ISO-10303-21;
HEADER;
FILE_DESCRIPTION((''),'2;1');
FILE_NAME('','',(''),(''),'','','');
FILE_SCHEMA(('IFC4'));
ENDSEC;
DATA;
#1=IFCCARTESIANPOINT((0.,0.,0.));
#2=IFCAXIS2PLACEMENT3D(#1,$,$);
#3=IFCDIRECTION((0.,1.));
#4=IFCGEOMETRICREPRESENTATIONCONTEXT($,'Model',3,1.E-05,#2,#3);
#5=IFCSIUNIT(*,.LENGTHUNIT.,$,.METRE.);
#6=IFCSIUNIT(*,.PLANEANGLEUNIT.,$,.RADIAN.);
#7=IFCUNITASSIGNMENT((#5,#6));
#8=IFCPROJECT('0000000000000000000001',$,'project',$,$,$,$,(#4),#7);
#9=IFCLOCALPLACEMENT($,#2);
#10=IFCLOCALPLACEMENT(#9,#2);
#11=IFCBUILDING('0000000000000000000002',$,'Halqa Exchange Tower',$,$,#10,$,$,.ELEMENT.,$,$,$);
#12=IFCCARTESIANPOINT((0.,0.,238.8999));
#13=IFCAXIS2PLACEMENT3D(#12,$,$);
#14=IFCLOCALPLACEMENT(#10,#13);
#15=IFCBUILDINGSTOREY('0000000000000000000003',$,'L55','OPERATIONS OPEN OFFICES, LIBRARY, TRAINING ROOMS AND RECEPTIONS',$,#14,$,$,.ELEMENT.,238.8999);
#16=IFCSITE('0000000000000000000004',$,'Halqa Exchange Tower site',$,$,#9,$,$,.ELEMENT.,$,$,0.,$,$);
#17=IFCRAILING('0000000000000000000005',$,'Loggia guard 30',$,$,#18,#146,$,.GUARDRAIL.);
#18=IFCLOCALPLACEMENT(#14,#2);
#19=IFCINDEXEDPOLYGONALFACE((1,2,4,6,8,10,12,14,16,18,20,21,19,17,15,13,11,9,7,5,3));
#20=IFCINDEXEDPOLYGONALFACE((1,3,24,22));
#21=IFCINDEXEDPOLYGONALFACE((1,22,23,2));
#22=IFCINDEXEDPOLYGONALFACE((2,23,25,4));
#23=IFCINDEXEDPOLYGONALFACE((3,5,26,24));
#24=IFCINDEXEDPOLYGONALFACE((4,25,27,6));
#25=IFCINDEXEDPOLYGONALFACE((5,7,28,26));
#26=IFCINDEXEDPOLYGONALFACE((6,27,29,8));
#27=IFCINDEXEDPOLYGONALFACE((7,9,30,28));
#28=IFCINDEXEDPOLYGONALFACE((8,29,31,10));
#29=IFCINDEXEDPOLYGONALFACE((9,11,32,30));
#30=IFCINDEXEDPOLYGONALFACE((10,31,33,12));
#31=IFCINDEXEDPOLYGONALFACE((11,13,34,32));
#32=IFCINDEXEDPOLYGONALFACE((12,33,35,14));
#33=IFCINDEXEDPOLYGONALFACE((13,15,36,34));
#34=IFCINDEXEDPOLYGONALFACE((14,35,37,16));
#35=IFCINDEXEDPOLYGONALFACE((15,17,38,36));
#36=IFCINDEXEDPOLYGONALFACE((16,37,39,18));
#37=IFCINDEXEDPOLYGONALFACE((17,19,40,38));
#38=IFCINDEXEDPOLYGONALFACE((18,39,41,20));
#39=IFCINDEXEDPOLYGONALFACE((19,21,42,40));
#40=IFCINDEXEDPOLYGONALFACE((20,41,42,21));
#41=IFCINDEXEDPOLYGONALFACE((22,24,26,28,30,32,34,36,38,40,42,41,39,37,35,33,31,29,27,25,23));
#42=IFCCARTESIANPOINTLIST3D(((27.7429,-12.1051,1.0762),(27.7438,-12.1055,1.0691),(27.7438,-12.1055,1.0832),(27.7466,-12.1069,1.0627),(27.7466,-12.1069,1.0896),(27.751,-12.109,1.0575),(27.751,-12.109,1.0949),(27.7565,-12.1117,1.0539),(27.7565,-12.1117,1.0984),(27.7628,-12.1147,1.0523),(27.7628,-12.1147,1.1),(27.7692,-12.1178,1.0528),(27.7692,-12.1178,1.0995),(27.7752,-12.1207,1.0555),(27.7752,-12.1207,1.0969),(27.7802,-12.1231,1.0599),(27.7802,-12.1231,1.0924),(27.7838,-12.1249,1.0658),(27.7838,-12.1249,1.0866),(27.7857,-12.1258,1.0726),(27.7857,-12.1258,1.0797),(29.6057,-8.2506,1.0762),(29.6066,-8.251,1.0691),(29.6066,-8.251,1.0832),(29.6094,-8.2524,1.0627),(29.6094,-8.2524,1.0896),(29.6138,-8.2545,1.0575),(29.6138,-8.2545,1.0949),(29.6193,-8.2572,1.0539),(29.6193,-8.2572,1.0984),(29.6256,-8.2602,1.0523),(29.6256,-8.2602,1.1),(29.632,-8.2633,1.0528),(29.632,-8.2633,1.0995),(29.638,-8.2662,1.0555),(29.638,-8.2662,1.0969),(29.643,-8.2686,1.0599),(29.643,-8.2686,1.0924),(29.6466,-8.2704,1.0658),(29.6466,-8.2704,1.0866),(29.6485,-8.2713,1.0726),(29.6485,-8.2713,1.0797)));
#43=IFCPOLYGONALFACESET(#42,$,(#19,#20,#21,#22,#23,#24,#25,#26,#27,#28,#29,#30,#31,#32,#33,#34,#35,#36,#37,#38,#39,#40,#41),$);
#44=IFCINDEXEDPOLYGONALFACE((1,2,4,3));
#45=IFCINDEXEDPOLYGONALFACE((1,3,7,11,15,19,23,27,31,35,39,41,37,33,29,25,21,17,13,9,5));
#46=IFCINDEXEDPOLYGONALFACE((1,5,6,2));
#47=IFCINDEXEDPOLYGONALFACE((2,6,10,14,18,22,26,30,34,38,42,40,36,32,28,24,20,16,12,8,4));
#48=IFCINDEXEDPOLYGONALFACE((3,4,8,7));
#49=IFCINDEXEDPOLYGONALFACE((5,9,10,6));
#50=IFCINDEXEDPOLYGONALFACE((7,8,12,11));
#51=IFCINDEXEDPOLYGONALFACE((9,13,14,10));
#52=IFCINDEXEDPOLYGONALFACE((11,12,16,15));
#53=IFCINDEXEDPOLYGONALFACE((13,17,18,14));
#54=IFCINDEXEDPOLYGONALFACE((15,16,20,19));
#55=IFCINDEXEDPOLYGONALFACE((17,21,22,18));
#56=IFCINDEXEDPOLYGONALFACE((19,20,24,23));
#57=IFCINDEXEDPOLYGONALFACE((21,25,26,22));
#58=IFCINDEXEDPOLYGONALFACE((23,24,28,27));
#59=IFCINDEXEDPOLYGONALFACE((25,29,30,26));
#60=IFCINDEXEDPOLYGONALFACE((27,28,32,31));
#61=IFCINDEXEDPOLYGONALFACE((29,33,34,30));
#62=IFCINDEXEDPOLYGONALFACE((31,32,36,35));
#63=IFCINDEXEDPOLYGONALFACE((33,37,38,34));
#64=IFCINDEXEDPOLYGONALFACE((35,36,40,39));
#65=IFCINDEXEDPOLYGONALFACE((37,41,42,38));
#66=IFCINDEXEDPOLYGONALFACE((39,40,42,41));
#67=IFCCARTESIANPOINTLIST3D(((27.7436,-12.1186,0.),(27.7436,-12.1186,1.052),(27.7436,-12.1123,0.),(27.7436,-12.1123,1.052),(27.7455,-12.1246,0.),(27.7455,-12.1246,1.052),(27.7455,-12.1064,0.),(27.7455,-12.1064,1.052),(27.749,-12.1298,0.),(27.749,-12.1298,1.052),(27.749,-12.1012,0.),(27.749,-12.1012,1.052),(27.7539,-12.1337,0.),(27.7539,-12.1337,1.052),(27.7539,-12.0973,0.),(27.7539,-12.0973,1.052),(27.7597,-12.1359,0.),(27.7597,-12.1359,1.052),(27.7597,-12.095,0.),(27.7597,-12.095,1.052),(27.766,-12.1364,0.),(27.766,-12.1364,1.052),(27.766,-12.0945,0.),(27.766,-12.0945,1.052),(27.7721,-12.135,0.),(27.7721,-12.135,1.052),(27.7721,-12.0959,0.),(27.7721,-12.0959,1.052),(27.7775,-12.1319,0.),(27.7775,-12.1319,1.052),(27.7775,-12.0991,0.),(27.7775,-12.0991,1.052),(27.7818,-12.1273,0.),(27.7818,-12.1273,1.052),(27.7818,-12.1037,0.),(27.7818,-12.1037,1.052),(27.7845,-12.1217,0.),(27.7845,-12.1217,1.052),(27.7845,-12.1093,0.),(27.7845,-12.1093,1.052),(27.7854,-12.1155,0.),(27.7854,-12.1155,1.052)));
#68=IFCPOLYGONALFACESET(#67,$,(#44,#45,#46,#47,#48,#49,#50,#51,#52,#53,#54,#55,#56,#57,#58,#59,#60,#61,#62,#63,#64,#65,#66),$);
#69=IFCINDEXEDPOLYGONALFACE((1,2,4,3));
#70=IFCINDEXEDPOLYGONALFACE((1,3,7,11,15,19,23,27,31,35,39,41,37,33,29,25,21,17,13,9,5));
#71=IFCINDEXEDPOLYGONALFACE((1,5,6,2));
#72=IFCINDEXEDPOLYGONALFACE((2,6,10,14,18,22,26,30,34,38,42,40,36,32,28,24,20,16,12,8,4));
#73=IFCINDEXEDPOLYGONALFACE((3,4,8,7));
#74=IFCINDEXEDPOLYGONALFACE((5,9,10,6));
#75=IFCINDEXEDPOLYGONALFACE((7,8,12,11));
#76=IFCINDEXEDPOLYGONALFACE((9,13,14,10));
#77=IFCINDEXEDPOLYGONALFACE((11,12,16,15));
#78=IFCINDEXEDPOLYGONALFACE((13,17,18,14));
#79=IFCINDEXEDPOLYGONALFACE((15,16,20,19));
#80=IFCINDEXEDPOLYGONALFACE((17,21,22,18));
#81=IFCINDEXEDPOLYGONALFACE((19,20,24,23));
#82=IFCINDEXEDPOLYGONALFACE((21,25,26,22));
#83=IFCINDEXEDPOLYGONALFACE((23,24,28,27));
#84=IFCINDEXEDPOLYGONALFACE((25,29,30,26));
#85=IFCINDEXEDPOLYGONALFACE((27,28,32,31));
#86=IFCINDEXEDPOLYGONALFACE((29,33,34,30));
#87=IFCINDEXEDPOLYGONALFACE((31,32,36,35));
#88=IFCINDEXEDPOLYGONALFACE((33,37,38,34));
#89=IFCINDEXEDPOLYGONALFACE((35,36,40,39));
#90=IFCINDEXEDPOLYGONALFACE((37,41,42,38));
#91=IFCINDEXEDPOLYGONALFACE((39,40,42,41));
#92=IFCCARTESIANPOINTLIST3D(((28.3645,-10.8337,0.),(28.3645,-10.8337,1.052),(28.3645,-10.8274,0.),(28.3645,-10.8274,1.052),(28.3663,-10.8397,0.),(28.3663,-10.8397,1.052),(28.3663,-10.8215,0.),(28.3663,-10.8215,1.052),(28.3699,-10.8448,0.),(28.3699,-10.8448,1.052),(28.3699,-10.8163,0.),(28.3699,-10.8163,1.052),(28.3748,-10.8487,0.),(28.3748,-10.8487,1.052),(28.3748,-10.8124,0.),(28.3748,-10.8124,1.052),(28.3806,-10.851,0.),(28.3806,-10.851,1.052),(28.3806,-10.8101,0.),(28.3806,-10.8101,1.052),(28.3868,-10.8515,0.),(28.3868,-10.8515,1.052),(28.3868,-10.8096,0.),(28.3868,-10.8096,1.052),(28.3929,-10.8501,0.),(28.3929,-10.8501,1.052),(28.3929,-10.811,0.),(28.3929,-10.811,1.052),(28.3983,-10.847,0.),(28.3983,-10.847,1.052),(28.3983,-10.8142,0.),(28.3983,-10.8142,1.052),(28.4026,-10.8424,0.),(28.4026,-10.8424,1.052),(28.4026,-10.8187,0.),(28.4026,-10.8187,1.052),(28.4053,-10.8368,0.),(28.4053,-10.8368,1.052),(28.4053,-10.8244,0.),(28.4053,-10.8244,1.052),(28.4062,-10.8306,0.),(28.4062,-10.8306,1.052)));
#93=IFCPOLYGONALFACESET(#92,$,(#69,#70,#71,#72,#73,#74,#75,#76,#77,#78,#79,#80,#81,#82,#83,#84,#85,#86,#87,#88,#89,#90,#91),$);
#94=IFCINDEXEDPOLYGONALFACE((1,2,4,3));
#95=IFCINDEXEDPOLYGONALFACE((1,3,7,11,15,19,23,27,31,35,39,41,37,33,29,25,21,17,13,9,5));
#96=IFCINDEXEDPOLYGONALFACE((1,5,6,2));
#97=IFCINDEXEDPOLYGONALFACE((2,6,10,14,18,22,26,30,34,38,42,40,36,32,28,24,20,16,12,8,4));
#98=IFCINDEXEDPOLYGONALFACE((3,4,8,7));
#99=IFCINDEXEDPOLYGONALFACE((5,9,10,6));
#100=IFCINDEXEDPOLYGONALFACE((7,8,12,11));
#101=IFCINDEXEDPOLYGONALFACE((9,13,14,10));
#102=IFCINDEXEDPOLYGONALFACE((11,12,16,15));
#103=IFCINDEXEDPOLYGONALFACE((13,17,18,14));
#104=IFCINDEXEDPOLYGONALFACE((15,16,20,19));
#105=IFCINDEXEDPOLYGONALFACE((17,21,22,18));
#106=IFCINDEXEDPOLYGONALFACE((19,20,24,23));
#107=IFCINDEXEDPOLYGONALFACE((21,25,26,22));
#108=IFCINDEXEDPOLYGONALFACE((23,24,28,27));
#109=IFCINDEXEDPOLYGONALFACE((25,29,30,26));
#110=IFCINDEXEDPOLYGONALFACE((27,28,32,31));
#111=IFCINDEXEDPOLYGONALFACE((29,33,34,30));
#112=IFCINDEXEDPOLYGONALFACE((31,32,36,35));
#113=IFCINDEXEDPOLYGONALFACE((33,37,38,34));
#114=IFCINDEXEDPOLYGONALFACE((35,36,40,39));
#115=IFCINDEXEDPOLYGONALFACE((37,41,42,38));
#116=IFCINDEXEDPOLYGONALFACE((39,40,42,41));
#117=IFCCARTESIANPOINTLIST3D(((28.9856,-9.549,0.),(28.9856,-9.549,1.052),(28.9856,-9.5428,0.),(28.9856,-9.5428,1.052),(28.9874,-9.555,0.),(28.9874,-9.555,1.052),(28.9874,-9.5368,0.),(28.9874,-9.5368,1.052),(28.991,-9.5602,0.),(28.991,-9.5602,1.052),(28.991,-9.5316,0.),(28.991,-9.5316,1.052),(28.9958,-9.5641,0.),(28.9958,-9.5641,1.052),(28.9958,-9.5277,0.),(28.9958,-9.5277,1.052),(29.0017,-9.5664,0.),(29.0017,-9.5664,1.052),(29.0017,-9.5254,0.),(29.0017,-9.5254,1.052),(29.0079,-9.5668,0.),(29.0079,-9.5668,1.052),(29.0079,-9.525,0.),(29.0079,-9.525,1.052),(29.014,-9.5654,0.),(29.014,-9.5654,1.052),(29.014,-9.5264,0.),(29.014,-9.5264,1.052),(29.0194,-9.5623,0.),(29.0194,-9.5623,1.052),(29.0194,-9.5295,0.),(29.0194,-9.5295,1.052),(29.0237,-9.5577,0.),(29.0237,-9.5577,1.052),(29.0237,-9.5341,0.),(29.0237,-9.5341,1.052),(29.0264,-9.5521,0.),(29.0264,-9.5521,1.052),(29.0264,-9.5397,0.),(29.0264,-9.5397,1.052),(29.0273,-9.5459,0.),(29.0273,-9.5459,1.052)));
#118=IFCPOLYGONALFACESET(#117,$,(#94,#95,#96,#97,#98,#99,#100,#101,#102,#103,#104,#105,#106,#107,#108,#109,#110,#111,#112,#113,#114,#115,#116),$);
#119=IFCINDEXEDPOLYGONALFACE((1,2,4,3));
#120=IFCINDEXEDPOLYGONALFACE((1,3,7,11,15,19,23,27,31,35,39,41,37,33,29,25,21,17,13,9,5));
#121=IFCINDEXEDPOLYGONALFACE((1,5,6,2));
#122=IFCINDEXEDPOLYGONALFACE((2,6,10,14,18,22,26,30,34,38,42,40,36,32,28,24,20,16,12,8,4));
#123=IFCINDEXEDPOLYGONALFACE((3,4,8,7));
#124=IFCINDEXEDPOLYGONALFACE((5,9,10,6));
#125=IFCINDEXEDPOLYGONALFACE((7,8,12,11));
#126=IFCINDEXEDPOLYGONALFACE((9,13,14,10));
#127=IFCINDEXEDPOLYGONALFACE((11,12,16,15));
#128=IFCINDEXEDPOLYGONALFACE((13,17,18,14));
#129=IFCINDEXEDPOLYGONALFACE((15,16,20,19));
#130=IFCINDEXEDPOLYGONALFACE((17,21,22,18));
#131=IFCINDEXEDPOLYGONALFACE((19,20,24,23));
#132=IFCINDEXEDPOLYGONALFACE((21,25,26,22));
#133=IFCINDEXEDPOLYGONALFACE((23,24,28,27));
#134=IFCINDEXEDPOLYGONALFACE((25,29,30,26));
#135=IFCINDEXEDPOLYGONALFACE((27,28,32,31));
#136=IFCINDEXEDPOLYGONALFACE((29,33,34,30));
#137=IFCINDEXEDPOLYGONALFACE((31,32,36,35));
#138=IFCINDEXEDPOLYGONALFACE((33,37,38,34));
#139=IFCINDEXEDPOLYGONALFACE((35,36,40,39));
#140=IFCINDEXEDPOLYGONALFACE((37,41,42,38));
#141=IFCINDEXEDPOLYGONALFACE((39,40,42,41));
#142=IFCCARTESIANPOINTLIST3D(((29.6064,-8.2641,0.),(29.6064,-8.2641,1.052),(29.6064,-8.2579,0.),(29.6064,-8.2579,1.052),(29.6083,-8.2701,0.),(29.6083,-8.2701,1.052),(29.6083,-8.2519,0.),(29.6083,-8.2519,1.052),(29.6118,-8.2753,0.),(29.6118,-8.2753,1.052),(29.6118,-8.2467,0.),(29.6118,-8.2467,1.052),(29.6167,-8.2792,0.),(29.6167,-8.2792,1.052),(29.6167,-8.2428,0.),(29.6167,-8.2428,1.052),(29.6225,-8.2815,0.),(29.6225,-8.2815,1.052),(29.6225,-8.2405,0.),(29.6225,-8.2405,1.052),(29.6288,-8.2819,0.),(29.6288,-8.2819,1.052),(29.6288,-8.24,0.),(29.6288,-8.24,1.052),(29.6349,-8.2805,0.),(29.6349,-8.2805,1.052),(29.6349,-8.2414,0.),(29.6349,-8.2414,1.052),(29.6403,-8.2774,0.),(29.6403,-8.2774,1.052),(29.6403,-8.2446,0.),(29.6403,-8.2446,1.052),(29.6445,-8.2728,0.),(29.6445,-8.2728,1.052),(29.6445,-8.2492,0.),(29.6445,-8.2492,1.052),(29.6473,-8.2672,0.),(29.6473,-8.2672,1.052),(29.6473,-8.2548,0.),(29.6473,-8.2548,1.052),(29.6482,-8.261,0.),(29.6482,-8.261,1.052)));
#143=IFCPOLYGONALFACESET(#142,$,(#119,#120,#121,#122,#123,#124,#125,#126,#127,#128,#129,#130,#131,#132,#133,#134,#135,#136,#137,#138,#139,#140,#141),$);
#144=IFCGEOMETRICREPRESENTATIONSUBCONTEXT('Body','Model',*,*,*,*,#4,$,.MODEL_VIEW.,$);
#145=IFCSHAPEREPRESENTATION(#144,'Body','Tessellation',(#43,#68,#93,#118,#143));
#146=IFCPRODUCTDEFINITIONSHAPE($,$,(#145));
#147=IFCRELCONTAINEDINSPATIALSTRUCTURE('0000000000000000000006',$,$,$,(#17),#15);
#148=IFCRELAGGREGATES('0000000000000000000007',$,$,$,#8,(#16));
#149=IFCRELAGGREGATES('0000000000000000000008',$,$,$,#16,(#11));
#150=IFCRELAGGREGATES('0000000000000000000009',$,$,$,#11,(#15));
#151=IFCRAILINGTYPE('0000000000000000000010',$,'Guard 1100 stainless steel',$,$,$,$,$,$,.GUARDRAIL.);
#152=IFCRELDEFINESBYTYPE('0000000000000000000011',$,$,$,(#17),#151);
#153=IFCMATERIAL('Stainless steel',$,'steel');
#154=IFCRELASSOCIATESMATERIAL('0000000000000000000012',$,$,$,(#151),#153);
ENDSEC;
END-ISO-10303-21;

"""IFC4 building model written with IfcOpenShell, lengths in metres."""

from ifc_helpers import new_model, si_unit, direction, frame, origin, origin_2d, place, context, subcontext, project, spatial, circle, extrude, material, type_object, element, save


model = new_model("IFC4")

# Units and contexts
model_context = context("Model", 3, precision=1e-05, world=origin(), true_north=direction((0.0, 1.0)))
body_context = subcontext(model_context, "Body", "Model", "MODEL_VIEW")
ifc_project = project(units=[si_unit("LENGTHUNIT", "METRE"), si_unit("PLANEANGLEUNIT", "RADIAN")], contexts=[model_context])

# Site, building, storey
site_placement = place(None, origin())
site = spatial("IfcSite", under=ifc_project, at=site_placement, Name="Halqa Exchange Tower site", CompositionType="ELEMENT", RefElevation=0.0)
building_placement = place(site_placement, origin())
building = spatial("IfcBuilding", under=site, at=building_placement, Name="Halqa Exchange Tower", CompositionType="ELEMENT")
storey_placement = place(building_placement, frame((0.0, 0.0, 238.8999)))
storey = spatial("IfcBuildingStorey", under=building, at=storey_placement, Name="L55", Description="OPERATIONS OPEN OFFICES, LIBRARY, TRAINING ROOMS AND RECEPTIONS", CompositionType="ELEMENT", Elevation=238.8999)

# Railing
ifc_material_1 = material(Name="Stainless steel", Category="steel")
railing_type = type_object("IfcRailingType", Name="Guard 1100 stainless steel", PredefinedType="GUARDRAIL", material=ifc_material_1)
railing_1_placement = place(storey_placement, frame((27.7644, -12.1155, 0.0)))
element("IfcRailing", 1, at=railing_1_placement, inside=storey, type_object=railing_type, Name="Loggia guard 30", PredefinedType="GUARDRAIL", context=body_context, shape_type="SweptSolid", body=[
    extrude(circle(Radius=0.0239, at=origin_2d()), frame((0.0, 0.0, 1.0762), z_axis=(0.435129, 0.900368, 0.0), x_axis=(-0.900368, 0.435129, 0.0)), (0.0, 0.0, 1.0), 4.281),
    extrude(circle(Radius=0.021, at=origin_2d()), origin(), (0.0, 0.0, 1.0), 1.052),
    extrude(circle(Radius=0.021, at=origin_2d()), frame((0.6208, 1.2849, 0.0)), (0.0, 0.0, 1.0), 1.052),
    extrude(circle(Radius=0.021, at=origin_2d()), frame((1.2419, 2.5696, 0.0)), (0.0, 0.0, 1.0), 1.052),
    extrude(circle(Radius=0.021, at=origin_2d()), frame((1.8628, 3.8545, 0.0)), (0.0, 0.0, 1.0), 1.052),
])

save(model, "model.ifc")
